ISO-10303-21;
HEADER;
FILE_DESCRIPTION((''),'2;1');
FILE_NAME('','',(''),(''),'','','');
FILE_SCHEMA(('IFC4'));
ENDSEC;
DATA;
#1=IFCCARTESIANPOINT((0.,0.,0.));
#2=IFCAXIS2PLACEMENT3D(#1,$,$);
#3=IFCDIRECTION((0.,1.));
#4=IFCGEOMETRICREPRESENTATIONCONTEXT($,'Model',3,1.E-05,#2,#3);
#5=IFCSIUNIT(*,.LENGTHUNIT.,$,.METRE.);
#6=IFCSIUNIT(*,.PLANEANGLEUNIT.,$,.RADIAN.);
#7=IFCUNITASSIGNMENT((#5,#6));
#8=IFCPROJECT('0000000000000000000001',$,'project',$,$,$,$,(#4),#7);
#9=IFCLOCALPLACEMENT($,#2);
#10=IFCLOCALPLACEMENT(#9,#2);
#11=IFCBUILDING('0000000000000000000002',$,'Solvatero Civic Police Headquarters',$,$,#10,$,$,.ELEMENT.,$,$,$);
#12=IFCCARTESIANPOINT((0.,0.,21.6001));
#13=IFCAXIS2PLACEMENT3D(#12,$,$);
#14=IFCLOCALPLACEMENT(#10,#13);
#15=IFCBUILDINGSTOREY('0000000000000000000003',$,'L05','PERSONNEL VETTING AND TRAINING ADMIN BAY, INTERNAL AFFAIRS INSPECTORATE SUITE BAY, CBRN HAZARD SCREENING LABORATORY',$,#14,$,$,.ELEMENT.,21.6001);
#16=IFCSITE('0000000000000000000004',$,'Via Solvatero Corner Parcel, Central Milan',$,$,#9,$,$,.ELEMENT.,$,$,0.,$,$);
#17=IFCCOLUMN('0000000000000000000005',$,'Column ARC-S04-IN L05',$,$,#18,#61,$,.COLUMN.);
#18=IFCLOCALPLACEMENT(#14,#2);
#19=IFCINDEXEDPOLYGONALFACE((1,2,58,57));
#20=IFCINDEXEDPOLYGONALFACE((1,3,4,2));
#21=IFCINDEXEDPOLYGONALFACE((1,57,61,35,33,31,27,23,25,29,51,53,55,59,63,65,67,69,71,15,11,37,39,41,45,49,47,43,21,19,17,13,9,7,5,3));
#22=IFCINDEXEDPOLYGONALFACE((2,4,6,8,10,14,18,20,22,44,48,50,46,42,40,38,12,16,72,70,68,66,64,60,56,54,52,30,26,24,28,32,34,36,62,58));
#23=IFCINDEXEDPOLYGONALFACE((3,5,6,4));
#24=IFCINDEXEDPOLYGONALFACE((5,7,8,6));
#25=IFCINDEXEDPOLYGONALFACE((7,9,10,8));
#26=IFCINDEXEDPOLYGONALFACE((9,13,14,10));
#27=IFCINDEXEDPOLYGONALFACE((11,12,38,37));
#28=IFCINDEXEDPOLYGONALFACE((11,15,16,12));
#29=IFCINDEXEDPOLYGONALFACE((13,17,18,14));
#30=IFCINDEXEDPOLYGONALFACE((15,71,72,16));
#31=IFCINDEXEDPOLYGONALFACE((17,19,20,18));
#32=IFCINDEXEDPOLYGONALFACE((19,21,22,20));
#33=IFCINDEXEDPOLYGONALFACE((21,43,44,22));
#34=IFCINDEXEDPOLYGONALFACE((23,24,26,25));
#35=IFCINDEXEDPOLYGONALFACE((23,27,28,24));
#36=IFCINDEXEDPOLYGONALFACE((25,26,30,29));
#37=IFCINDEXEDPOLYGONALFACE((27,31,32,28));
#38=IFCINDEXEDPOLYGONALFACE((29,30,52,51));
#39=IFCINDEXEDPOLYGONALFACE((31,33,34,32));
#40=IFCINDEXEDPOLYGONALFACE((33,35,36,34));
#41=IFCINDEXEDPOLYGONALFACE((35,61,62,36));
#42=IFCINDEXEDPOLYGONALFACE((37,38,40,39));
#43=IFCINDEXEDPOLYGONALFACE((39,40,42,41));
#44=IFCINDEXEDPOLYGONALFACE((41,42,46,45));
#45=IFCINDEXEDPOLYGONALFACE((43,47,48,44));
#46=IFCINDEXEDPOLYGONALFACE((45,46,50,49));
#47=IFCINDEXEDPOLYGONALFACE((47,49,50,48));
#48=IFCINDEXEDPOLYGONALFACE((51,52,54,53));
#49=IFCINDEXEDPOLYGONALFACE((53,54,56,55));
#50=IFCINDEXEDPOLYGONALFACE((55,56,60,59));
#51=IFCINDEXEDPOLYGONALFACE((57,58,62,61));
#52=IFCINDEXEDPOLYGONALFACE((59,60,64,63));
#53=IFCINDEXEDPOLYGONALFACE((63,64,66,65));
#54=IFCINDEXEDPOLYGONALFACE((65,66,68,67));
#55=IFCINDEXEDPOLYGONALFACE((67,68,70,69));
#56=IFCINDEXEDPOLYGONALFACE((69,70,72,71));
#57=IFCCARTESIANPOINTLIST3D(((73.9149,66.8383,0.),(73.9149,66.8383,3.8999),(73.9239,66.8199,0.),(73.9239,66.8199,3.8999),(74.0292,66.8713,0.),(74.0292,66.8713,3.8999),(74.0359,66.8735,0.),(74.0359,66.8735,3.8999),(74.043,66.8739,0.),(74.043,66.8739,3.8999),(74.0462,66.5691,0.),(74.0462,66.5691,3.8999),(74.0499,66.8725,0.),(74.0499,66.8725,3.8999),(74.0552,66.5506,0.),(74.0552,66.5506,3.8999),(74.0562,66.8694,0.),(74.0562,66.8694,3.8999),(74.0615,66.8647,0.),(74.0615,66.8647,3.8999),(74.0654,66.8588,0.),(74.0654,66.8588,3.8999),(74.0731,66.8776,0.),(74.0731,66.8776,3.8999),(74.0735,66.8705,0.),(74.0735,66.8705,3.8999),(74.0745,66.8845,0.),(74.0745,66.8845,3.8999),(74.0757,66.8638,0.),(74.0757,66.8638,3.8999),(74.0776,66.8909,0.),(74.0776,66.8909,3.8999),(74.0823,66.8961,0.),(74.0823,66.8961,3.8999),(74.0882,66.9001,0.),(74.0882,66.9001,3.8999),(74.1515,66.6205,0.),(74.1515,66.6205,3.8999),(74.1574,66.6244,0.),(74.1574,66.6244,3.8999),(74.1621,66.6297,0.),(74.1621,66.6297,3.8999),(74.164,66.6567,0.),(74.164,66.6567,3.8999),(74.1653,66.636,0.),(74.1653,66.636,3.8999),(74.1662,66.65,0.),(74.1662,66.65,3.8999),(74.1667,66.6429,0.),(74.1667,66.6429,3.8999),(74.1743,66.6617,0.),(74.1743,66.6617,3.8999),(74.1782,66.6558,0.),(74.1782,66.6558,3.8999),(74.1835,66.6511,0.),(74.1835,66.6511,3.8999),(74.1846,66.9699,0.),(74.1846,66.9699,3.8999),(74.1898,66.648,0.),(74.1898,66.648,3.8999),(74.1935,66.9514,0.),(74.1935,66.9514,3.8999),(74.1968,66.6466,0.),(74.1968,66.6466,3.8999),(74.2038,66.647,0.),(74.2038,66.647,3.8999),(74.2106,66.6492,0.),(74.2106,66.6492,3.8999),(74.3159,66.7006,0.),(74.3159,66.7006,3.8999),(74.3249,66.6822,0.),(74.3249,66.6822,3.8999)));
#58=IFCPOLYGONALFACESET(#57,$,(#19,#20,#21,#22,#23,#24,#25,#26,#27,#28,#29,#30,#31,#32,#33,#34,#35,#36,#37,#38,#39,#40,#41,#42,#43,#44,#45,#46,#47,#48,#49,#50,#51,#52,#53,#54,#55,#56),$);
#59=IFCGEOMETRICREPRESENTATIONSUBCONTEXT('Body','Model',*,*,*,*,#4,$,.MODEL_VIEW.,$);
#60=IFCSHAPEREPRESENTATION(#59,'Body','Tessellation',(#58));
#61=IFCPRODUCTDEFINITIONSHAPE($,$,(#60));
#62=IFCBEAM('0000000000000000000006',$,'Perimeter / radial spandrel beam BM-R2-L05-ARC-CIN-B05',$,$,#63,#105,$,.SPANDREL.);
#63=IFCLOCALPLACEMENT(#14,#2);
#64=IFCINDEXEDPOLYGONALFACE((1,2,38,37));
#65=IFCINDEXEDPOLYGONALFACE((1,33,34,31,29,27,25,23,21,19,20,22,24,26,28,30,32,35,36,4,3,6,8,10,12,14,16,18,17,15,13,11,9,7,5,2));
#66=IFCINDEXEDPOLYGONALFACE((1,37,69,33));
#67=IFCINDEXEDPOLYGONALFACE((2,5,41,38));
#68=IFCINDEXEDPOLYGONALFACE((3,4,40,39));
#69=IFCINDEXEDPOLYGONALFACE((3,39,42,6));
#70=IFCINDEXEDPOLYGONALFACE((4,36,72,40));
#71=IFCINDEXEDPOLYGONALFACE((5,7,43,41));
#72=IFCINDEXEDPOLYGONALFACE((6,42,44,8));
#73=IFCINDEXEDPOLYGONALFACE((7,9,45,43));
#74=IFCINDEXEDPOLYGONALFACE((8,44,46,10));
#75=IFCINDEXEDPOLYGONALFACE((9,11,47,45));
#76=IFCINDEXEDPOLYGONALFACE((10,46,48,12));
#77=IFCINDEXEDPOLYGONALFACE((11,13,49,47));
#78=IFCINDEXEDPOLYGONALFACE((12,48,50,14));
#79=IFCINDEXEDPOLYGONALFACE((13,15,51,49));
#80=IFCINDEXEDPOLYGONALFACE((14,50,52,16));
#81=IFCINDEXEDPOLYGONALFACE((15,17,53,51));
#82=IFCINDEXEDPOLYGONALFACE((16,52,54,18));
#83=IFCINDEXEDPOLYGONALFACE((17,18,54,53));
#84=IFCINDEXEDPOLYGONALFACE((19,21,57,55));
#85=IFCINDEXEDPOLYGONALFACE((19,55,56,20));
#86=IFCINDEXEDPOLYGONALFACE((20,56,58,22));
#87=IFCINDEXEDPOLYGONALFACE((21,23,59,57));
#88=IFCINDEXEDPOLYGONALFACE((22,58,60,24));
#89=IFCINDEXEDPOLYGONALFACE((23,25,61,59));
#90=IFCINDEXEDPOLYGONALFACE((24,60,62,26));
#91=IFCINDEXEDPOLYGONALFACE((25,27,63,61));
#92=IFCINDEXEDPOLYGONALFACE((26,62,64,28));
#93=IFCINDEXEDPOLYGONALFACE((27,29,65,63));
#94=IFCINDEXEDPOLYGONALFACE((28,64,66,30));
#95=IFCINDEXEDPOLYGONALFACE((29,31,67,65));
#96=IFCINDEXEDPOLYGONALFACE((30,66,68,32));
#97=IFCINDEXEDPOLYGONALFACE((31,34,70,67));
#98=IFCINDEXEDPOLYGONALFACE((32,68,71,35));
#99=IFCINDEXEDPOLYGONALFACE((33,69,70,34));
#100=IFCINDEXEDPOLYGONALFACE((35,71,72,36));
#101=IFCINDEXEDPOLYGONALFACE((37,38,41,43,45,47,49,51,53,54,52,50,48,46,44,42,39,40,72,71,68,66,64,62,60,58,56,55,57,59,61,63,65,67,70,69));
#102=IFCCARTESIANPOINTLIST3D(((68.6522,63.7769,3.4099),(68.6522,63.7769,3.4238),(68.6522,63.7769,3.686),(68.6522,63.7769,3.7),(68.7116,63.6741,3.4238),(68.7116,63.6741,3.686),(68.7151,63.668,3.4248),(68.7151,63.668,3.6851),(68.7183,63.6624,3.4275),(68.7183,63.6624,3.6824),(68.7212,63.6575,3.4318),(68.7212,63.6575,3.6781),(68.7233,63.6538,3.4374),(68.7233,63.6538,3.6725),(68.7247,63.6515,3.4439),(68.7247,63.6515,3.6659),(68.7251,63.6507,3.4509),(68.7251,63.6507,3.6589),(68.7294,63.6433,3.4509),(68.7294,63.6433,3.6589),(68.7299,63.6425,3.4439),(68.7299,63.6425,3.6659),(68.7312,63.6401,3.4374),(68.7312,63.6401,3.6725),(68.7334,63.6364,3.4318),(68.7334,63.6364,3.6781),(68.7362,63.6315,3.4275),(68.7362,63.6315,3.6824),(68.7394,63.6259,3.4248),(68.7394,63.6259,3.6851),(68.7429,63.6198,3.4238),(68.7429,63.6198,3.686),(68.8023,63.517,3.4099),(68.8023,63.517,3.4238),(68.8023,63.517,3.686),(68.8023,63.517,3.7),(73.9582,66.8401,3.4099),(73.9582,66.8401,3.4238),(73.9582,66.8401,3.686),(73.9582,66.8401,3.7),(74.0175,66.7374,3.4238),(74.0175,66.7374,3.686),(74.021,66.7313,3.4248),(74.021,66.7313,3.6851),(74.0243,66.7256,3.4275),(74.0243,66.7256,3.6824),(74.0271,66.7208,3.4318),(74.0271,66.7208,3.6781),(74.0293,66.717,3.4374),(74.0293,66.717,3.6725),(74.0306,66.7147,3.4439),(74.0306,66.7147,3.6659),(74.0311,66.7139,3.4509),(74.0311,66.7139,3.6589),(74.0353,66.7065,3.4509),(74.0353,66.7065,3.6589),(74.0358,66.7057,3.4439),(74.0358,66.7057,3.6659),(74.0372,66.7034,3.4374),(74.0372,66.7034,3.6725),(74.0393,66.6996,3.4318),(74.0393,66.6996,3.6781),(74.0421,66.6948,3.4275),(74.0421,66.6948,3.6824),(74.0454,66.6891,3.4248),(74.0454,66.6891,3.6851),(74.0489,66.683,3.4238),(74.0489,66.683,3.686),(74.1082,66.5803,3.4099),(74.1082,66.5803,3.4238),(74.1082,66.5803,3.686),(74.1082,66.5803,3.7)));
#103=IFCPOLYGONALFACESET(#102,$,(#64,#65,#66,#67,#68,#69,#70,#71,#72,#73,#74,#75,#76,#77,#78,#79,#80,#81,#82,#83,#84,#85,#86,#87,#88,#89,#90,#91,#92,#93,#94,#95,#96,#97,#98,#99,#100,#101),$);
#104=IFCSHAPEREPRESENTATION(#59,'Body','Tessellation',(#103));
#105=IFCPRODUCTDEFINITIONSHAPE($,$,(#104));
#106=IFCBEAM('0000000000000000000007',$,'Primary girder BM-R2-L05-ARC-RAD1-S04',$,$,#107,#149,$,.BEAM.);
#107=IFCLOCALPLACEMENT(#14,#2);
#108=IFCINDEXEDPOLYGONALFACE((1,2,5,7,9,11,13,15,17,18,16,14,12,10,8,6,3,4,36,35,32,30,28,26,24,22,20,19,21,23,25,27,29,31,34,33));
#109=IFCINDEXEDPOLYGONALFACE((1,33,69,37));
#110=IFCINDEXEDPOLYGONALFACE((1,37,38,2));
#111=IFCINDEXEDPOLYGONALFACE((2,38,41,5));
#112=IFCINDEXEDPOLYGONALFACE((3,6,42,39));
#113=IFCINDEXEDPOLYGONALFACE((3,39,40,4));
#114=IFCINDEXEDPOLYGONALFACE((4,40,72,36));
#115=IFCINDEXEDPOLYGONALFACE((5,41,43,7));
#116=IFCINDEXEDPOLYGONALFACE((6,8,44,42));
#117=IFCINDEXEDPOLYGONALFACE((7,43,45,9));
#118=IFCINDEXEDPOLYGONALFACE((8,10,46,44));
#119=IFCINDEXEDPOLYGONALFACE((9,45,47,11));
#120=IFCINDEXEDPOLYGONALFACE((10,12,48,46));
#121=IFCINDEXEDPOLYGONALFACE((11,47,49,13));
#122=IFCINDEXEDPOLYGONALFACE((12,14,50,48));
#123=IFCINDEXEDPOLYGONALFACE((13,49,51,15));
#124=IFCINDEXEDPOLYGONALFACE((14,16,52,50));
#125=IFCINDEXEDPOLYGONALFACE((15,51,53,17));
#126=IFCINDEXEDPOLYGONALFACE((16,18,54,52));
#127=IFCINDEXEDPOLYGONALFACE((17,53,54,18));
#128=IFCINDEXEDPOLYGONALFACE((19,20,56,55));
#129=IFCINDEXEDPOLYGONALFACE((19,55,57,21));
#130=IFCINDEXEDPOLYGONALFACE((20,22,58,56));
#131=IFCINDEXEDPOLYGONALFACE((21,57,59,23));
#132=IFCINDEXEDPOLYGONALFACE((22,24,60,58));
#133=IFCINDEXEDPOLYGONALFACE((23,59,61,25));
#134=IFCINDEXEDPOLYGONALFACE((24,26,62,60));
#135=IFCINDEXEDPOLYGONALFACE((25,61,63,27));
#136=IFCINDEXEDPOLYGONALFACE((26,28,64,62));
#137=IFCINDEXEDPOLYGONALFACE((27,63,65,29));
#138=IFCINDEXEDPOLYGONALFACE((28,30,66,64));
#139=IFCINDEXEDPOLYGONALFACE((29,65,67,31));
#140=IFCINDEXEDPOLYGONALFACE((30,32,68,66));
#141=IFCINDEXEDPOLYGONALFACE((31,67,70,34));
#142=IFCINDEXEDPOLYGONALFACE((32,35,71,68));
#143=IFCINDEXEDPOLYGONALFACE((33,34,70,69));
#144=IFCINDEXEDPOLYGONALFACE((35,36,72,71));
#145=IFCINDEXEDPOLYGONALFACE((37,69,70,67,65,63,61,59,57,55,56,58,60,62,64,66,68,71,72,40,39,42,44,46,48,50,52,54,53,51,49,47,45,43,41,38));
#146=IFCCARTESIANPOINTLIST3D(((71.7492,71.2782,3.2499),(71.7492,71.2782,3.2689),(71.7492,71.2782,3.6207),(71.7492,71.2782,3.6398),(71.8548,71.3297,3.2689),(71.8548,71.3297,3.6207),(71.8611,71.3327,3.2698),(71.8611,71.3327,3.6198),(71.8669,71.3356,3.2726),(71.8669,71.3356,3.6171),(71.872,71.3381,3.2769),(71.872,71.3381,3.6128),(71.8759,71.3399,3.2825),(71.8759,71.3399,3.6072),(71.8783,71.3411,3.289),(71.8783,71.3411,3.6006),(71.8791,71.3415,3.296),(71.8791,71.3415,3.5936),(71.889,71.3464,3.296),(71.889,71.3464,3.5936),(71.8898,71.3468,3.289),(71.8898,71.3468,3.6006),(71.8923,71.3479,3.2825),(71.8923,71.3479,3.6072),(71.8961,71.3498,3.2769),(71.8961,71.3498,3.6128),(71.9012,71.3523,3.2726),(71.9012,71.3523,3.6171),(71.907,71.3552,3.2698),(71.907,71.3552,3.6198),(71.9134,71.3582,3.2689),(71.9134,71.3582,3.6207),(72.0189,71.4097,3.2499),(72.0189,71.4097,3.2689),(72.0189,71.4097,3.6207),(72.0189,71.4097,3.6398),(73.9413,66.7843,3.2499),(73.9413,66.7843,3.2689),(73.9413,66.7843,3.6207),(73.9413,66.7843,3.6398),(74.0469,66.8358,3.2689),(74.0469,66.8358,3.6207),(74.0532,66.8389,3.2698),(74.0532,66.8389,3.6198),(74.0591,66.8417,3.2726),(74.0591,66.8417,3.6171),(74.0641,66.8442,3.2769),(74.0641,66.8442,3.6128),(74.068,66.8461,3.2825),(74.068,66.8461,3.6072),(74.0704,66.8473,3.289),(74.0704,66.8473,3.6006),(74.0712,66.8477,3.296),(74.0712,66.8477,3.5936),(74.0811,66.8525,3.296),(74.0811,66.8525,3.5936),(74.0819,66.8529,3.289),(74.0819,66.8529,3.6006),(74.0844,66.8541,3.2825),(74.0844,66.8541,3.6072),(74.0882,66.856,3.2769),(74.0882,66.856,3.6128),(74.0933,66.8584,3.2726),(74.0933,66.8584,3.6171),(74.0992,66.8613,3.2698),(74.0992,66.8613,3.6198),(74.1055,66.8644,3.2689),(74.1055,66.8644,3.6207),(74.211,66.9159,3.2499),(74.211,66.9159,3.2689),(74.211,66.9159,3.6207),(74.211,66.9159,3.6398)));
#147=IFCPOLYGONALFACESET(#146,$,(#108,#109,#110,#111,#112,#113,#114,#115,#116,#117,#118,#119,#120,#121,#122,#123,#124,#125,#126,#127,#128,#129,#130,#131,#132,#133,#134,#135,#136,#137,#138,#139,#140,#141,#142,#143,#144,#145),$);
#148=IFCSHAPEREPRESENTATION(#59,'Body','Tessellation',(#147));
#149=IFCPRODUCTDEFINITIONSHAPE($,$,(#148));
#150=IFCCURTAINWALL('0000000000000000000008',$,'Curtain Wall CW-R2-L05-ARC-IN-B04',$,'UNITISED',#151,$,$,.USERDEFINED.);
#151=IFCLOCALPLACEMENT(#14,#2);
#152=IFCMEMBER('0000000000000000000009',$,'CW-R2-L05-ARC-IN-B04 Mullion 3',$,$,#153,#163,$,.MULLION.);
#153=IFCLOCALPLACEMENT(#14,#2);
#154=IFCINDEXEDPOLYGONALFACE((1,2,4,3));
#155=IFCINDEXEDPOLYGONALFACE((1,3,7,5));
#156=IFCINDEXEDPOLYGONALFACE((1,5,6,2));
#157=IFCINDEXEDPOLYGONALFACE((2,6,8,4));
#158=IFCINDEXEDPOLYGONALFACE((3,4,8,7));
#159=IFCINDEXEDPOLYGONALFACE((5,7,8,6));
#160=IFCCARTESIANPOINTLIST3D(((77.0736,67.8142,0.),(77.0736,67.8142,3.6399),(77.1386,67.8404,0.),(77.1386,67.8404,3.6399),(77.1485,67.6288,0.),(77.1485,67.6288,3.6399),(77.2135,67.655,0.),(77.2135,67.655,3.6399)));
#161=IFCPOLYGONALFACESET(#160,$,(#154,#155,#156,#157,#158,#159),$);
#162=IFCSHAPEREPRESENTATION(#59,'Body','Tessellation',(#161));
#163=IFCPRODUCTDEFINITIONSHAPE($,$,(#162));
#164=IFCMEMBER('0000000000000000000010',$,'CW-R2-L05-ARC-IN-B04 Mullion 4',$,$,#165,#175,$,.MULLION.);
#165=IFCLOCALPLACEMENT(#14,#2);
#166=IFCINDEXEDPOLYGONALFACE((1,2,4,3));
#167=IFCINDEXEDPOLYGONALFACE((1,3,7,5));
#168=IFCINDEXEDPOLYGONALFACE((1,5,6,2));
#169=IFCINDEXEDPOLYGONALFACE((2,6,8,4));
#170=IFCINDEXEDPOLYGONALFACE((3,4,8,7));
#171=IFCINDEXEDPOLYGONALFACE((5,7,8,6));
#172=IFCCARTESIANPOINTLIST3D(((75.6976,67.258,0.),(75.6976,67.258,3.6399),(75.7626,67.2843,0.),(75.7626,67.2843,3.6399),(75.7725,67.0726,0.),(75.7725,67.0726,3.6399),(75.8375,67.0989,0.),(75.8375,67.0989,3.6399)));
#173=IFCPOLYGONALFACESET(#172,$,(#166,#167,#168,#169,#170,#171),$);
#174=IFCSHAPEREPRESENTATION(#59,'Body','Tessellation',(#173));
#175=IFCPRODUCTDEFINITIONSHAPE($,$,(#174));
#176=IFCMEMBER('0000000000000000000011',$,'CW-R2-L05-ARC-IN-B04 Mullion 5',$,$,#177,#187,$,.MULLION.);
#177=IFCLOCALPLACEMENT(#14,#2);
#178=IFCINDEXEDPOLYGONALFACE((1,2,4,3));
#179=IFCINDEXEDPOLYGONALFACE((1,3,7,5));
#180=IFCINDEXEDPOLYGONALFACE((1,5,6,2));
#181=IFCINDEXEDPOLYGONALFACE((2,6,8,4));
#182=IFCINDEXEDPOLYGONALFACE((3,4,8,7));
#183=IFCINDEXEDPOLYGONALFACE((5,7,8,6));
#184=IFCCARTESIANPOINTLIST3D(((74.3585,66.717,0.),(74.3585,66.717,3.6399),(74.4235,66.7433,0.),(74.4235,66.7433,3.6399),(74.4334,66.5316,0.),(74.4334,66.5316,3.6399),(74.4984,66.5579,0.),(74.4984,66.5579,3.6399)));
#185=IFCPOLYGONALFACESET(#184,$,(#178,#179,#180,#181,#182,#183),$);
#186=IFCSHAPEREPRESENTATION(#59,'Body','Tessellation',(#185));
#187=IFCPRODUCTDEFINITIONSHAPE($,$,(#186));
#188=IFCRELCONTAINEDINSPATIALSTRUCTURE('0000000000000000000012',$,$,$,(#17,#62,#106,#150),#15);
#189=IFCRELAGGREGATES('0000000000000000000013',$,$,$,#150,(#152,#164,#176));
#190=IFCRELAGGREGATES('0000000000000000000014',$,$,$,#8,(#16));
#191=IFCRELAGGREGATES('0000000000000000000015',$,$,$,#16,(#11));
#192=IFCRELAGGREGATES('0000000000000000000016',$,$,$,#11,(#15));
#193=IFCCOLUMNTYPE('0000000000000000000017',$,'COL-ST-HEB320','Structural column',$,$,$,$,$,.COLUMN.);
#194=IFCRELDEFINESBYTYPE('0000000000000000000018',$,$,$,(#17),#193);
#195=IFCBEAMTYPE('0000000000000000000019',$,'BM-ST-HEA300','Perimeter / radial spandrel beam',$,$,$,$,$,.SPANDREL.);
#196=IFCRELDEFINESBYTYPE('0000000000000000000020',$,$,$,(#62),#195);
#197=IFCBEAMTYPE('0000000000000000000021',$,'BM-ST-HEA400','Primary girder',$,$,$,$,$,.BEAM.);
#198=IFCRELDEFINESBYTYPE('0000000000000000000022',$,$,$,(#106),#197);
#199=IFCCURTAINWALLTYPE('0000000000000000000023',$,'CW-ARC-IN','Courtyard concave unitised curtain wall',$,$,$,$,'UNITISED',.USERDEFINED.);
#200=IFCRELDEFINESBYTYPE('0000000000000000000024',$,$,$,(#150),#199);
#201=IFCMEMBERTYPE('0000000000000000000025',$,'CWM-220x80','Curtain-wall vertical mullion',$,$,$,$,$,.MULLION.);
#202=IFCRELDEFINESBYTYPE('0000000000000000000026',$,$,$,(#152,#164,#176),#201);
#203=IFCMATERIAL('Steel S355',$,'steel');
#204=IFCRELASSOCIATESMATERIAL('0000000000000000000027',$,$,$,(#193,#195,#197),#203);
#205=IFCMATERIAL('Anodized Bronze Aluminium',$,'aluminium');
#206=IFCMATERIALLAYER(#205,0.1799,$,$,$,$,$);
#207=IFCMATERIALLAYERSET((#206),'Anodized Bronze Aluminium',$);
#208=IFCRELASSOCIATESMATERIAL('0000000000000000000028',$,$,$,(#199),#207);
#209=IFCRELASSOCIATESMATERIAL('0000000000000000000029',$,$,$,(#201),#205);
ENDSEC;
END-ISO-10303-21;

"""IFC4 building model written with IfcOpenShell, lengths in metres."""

from ifc_helpers import new_model, si_unit, direction, frame, origin, origin_2d, place, context, subcontext, project, spatial, rectangle, i_section, extrude, material, layer, layer_set, material_profile, profile_set, type_object, element, aggregate, save


model = new_model("IFC4")

# Units and contexts
model_context = context("Model", 3, precision=1e-05, world=origin(), true_north=direction((0.0, 1.0)))
body_context = subcontext(model_context, "Body", "Model", "MODEL_VIEW")
ifc_project = project(units=[si_unit("LENGTHUNIT", "METRE"), si_unit("PLANEANGLEUNIT", "RADIAN")], contexts=[model_context])

# Site, building, storey
site_placement = place(None, origin())
site = spatial("IfcSite", under=ifc_project, at=site_placement, Name="Via Solvatero Corner Parcel, Central Milan", CompositionType="ELEMENT", RefElevation=0.0)
building_placement = place(site_placement, origin())
building = spatial("IfcBuilding", under=site, at=building_placement, Name="Solvatero Civic Police Headquarters", CompositionType="ELEMENT")
storey_placement = place(building_placement, frame((0.0, 0.0, 21.6001)))
storey = spatial("IfcBuildingStorey", under=building, at=storey_placement, Name="L05", Description="PERSONNEL VETTING AND TRAINING ADMIN BAY, INTERNAL AFFAIRS INSPECTORATE SUITE BAY, CBRN HAZARD SCREENING LABORATORY", CompositionType="ELEMENT", Elevation=21.6001)

# Column
ifc_material_1 = material(Name="Steel S355", Category="steel")
ifc_material_profile_1 = material_profile(ifc_material_1, i_section(OverallWidth=0.3, OverallDepth=0.3201, WebThickness=0.0115, FlangeThickness=0.0205, FilletRadius=0.0271, at=origin_2d()), Name="HEB 320")
ifc_profile_set_1 = profile_set([ifc_material_profile_1], Name="Steel S355")
column_type = type_object("IfcColumnType", Name="COL-ST-HEB320", Description="Structural column", PredefinedType="COLUMN", material=ifc_profile_set_1)
column_placement = place(storey_placement, frame((74.1199, 66.7603, 0.0), z_axis=(0.0, 0.0, 1.0), x_axis=(0.898794, 0.438371, 0.0)))
element("IfcColumn", 1, at=column_placement, inside=storey, type_object=column_type, Name="Column ARC-S04-IN L05", PredefinedType="COLUMN", context=body_context, shape_type="SweptSolid", body=[
    extrude(i_section(OverallWidth=0.3, OverallDepth=0.3201, WebThickness=0.0115, FlangeThickness=0.0205, FilletRadius=0.0271, at=origin_2d()), origin(), (0.0, 0.0, 1.0), 3.8999),
])

# Beams
ifc_material_profile_2 = material_profile(ifc_material_1, i_section(OverallWidth=0.3, OverallDepth=0.29, WebThickness=0.0085, FlangeThickness=0.0139, FilletRadius=0.0271, at=origin_2d()), Name="HEA 300")
ifc_profile_set_2 = profile_set([ifc_material_profile_2], Name="Steel S355")
beam_type_1 = type_object("IfcBeamType", Name="BM-ST-HEA300", Description="Perimeter / radial spandrel beam", PredefinedType="SPANDREL", material=ifc_profile_set_2)
beam_1_placement = place(storey_placement, frame((74.0332, 66.7102, 3.5549), z_axis=(-0.866035, -0.499983, 0.0), x_axis=(0.499983, -0.866035, 0.0)))
element("IfcBeam", 2, at=beam_1_placement, inside=storey, type_object=beam_type_1, Name="Perimeter / radial spandrel beam BM-R2-L05-ARC-CIN-B05", PredefinedType="SPANDREL", context=body_context, shape_type="SweptSolid", body=[
    extrude(i_section(OverallWidth=0.3, OverallDepth=0.29, WebThickness=0.0085, FlangeThickness=0.0139, FilletRadius=0.0271, at=origin_2d()), origin(), (0.0, 0.0, 1.0), 6.1267),
])
ifc_material_profile_3 = material_profile(ifc_material_1, i_section(OverallWidth=0.3, OverallDepth=0.3899, WebThickness=0.011, FlangeThickness=0.019, FilletRadius=0.0271, at=origin_2d()), Name="HEA 400")
ifc_profile_set_3 = profile_set([ifc_material_profile_3], Name="Steel S355")
beam_type_2 = type_object("IfcBeamType", Name="BM-ST-HEA400", Description="Primary girder", PredefinedType="BEAM", material=ifc_profile_set_3)
beam_2_placement = place(storey_placement, frame((74.0762, 66.8501, 3.4448), z_axis=(-0.438423, 0.898769, 0.0), x_axis=(-0.898769, -0.438423, 0.0)))
element("IfcBeam", 3, at=beam_2_placement, inside=storey, type_object=beam_type_2, Name="Primary girder BM-R2-L05-ARC-RAD1-S04", PredefinedType="BEAM", context=body_context, shape_type="SweptSolid", body=[
    extrude(i_section(OverallWidth=0.3, OverallDepth=0.3899, WebThickness=0.011, FlangeThickness=0.019, FilletRadius=0.0271, at=origin_2d()), origin(), (0.0, 0.0, 1.0), 5.0),
])

# Curtain wall, members
ifc_material_2 = material(Name="Anodized Bronze Aluminium", Category="aluminium")
ifc_layer_1 = layer(ifc_material_2, 0.1799)
ifc_layer_set_1 = layer_set([ifc_layer_1], Name="Anodized Bronze Aluminium")
curtain_wall_type = type_object("IfcCurtainWallType", Name="CW-ARC-IN", Description="Courtyard concave unitised curtain wall", ElementType="UNITISED", PredefinedType="USERDEFINED", material=ifc_layer_set_1)
curtain_wall_placement = place(storey_placement, origin())
curtain_wall = element("IfcCurtainWall", 4, at=curtain_wall_placement, inside=storey, type_object=curtain_wall_type, Name="Curtain Wall CW-R2-L05-ARC-IN-B04", ObjectType="UNITISED", PredefinedType="USERDEFINED")
ifc_material_profile_4 = material_profile(ifc_material_2, rectangle(XDim=0.0701, YDim=0.2, at=origin_2d()), Name="ALU MULLION 70x200")
ifc_profile_set_4 = profile_set([ifc_material_profile_4], Name="Anodized Bronze Aluminium")
member_type = type_object("IfcMemberType", Name="CWM-220x80", Description="Curtain-wall vertical mullion", PredefinedType="MULLION", material=ifc_profile_set_4)
member_1_placement = place(storey_placement, frame((77.1436, 67.7346, 0.0), z_axis=(0.0, 0.0, 1.0), x_axis=(-0.927184, -0.374607, 0.0)))
member_1 = element("IfcMember", 5, at=member_1_placement, type_object=member_type, Name="CW-R2-L05-ARC-IN-B04 Mullion 3", PredefinedType="MULLION", context=body_context, shape_type="SweptSolid", body=[
    extrude(rectangle(XDim=0.0701, YDim=0.2, at=origin_2d()), origin(), (0.0, 0.0, 1.0), 3.6399),
])
member_2_placement = place(storey_placement, frame((75.7676, 67.1785, 0.0), z_axis=(0.0, 0.0, 1.0), x_axis=(-0.927184, -0.374607, 0.0)))
member_2 = element("IfcMember", 6, at=member_2_placement, type_object=member_type, Name="CW-R2-L05-ARC-IN-B04 Mullion 4", PredefinedType="MULLION", context=body_context, shape_type="SweptSolid", body=[
    extrude(rectangle(XDim=0.0701, YDim=0.2, at=origin_2d()), origin(), (0.0, 0.0, 1.0), 3.6399),
])
member_3_placement = place(storey_placement, frame((74.4285, 66.6375, 0.0), z_axis=(0.0, 0.0, 1.0), x_axis=(-0.927184, -0.374607, 0.0)))
member_3 = element("IfcMember", 7, at=member_3_placement, type_object=member_type, Name="CW-R2-L05-ARC-IN-B04 Mullion 5", PredefinedType="MULLION", context=body_context, shape_type="SweptSolid", body=[
    extrude(rectangle(XDim=0.0701, YDim=0.2, at=origin_2d()), origin(), (0.0, 0.0, 1.0), 3.6399),
])
aggregate(curtain_wall, [member_1, member_2, member_3])

save(model, "model.ifc")
